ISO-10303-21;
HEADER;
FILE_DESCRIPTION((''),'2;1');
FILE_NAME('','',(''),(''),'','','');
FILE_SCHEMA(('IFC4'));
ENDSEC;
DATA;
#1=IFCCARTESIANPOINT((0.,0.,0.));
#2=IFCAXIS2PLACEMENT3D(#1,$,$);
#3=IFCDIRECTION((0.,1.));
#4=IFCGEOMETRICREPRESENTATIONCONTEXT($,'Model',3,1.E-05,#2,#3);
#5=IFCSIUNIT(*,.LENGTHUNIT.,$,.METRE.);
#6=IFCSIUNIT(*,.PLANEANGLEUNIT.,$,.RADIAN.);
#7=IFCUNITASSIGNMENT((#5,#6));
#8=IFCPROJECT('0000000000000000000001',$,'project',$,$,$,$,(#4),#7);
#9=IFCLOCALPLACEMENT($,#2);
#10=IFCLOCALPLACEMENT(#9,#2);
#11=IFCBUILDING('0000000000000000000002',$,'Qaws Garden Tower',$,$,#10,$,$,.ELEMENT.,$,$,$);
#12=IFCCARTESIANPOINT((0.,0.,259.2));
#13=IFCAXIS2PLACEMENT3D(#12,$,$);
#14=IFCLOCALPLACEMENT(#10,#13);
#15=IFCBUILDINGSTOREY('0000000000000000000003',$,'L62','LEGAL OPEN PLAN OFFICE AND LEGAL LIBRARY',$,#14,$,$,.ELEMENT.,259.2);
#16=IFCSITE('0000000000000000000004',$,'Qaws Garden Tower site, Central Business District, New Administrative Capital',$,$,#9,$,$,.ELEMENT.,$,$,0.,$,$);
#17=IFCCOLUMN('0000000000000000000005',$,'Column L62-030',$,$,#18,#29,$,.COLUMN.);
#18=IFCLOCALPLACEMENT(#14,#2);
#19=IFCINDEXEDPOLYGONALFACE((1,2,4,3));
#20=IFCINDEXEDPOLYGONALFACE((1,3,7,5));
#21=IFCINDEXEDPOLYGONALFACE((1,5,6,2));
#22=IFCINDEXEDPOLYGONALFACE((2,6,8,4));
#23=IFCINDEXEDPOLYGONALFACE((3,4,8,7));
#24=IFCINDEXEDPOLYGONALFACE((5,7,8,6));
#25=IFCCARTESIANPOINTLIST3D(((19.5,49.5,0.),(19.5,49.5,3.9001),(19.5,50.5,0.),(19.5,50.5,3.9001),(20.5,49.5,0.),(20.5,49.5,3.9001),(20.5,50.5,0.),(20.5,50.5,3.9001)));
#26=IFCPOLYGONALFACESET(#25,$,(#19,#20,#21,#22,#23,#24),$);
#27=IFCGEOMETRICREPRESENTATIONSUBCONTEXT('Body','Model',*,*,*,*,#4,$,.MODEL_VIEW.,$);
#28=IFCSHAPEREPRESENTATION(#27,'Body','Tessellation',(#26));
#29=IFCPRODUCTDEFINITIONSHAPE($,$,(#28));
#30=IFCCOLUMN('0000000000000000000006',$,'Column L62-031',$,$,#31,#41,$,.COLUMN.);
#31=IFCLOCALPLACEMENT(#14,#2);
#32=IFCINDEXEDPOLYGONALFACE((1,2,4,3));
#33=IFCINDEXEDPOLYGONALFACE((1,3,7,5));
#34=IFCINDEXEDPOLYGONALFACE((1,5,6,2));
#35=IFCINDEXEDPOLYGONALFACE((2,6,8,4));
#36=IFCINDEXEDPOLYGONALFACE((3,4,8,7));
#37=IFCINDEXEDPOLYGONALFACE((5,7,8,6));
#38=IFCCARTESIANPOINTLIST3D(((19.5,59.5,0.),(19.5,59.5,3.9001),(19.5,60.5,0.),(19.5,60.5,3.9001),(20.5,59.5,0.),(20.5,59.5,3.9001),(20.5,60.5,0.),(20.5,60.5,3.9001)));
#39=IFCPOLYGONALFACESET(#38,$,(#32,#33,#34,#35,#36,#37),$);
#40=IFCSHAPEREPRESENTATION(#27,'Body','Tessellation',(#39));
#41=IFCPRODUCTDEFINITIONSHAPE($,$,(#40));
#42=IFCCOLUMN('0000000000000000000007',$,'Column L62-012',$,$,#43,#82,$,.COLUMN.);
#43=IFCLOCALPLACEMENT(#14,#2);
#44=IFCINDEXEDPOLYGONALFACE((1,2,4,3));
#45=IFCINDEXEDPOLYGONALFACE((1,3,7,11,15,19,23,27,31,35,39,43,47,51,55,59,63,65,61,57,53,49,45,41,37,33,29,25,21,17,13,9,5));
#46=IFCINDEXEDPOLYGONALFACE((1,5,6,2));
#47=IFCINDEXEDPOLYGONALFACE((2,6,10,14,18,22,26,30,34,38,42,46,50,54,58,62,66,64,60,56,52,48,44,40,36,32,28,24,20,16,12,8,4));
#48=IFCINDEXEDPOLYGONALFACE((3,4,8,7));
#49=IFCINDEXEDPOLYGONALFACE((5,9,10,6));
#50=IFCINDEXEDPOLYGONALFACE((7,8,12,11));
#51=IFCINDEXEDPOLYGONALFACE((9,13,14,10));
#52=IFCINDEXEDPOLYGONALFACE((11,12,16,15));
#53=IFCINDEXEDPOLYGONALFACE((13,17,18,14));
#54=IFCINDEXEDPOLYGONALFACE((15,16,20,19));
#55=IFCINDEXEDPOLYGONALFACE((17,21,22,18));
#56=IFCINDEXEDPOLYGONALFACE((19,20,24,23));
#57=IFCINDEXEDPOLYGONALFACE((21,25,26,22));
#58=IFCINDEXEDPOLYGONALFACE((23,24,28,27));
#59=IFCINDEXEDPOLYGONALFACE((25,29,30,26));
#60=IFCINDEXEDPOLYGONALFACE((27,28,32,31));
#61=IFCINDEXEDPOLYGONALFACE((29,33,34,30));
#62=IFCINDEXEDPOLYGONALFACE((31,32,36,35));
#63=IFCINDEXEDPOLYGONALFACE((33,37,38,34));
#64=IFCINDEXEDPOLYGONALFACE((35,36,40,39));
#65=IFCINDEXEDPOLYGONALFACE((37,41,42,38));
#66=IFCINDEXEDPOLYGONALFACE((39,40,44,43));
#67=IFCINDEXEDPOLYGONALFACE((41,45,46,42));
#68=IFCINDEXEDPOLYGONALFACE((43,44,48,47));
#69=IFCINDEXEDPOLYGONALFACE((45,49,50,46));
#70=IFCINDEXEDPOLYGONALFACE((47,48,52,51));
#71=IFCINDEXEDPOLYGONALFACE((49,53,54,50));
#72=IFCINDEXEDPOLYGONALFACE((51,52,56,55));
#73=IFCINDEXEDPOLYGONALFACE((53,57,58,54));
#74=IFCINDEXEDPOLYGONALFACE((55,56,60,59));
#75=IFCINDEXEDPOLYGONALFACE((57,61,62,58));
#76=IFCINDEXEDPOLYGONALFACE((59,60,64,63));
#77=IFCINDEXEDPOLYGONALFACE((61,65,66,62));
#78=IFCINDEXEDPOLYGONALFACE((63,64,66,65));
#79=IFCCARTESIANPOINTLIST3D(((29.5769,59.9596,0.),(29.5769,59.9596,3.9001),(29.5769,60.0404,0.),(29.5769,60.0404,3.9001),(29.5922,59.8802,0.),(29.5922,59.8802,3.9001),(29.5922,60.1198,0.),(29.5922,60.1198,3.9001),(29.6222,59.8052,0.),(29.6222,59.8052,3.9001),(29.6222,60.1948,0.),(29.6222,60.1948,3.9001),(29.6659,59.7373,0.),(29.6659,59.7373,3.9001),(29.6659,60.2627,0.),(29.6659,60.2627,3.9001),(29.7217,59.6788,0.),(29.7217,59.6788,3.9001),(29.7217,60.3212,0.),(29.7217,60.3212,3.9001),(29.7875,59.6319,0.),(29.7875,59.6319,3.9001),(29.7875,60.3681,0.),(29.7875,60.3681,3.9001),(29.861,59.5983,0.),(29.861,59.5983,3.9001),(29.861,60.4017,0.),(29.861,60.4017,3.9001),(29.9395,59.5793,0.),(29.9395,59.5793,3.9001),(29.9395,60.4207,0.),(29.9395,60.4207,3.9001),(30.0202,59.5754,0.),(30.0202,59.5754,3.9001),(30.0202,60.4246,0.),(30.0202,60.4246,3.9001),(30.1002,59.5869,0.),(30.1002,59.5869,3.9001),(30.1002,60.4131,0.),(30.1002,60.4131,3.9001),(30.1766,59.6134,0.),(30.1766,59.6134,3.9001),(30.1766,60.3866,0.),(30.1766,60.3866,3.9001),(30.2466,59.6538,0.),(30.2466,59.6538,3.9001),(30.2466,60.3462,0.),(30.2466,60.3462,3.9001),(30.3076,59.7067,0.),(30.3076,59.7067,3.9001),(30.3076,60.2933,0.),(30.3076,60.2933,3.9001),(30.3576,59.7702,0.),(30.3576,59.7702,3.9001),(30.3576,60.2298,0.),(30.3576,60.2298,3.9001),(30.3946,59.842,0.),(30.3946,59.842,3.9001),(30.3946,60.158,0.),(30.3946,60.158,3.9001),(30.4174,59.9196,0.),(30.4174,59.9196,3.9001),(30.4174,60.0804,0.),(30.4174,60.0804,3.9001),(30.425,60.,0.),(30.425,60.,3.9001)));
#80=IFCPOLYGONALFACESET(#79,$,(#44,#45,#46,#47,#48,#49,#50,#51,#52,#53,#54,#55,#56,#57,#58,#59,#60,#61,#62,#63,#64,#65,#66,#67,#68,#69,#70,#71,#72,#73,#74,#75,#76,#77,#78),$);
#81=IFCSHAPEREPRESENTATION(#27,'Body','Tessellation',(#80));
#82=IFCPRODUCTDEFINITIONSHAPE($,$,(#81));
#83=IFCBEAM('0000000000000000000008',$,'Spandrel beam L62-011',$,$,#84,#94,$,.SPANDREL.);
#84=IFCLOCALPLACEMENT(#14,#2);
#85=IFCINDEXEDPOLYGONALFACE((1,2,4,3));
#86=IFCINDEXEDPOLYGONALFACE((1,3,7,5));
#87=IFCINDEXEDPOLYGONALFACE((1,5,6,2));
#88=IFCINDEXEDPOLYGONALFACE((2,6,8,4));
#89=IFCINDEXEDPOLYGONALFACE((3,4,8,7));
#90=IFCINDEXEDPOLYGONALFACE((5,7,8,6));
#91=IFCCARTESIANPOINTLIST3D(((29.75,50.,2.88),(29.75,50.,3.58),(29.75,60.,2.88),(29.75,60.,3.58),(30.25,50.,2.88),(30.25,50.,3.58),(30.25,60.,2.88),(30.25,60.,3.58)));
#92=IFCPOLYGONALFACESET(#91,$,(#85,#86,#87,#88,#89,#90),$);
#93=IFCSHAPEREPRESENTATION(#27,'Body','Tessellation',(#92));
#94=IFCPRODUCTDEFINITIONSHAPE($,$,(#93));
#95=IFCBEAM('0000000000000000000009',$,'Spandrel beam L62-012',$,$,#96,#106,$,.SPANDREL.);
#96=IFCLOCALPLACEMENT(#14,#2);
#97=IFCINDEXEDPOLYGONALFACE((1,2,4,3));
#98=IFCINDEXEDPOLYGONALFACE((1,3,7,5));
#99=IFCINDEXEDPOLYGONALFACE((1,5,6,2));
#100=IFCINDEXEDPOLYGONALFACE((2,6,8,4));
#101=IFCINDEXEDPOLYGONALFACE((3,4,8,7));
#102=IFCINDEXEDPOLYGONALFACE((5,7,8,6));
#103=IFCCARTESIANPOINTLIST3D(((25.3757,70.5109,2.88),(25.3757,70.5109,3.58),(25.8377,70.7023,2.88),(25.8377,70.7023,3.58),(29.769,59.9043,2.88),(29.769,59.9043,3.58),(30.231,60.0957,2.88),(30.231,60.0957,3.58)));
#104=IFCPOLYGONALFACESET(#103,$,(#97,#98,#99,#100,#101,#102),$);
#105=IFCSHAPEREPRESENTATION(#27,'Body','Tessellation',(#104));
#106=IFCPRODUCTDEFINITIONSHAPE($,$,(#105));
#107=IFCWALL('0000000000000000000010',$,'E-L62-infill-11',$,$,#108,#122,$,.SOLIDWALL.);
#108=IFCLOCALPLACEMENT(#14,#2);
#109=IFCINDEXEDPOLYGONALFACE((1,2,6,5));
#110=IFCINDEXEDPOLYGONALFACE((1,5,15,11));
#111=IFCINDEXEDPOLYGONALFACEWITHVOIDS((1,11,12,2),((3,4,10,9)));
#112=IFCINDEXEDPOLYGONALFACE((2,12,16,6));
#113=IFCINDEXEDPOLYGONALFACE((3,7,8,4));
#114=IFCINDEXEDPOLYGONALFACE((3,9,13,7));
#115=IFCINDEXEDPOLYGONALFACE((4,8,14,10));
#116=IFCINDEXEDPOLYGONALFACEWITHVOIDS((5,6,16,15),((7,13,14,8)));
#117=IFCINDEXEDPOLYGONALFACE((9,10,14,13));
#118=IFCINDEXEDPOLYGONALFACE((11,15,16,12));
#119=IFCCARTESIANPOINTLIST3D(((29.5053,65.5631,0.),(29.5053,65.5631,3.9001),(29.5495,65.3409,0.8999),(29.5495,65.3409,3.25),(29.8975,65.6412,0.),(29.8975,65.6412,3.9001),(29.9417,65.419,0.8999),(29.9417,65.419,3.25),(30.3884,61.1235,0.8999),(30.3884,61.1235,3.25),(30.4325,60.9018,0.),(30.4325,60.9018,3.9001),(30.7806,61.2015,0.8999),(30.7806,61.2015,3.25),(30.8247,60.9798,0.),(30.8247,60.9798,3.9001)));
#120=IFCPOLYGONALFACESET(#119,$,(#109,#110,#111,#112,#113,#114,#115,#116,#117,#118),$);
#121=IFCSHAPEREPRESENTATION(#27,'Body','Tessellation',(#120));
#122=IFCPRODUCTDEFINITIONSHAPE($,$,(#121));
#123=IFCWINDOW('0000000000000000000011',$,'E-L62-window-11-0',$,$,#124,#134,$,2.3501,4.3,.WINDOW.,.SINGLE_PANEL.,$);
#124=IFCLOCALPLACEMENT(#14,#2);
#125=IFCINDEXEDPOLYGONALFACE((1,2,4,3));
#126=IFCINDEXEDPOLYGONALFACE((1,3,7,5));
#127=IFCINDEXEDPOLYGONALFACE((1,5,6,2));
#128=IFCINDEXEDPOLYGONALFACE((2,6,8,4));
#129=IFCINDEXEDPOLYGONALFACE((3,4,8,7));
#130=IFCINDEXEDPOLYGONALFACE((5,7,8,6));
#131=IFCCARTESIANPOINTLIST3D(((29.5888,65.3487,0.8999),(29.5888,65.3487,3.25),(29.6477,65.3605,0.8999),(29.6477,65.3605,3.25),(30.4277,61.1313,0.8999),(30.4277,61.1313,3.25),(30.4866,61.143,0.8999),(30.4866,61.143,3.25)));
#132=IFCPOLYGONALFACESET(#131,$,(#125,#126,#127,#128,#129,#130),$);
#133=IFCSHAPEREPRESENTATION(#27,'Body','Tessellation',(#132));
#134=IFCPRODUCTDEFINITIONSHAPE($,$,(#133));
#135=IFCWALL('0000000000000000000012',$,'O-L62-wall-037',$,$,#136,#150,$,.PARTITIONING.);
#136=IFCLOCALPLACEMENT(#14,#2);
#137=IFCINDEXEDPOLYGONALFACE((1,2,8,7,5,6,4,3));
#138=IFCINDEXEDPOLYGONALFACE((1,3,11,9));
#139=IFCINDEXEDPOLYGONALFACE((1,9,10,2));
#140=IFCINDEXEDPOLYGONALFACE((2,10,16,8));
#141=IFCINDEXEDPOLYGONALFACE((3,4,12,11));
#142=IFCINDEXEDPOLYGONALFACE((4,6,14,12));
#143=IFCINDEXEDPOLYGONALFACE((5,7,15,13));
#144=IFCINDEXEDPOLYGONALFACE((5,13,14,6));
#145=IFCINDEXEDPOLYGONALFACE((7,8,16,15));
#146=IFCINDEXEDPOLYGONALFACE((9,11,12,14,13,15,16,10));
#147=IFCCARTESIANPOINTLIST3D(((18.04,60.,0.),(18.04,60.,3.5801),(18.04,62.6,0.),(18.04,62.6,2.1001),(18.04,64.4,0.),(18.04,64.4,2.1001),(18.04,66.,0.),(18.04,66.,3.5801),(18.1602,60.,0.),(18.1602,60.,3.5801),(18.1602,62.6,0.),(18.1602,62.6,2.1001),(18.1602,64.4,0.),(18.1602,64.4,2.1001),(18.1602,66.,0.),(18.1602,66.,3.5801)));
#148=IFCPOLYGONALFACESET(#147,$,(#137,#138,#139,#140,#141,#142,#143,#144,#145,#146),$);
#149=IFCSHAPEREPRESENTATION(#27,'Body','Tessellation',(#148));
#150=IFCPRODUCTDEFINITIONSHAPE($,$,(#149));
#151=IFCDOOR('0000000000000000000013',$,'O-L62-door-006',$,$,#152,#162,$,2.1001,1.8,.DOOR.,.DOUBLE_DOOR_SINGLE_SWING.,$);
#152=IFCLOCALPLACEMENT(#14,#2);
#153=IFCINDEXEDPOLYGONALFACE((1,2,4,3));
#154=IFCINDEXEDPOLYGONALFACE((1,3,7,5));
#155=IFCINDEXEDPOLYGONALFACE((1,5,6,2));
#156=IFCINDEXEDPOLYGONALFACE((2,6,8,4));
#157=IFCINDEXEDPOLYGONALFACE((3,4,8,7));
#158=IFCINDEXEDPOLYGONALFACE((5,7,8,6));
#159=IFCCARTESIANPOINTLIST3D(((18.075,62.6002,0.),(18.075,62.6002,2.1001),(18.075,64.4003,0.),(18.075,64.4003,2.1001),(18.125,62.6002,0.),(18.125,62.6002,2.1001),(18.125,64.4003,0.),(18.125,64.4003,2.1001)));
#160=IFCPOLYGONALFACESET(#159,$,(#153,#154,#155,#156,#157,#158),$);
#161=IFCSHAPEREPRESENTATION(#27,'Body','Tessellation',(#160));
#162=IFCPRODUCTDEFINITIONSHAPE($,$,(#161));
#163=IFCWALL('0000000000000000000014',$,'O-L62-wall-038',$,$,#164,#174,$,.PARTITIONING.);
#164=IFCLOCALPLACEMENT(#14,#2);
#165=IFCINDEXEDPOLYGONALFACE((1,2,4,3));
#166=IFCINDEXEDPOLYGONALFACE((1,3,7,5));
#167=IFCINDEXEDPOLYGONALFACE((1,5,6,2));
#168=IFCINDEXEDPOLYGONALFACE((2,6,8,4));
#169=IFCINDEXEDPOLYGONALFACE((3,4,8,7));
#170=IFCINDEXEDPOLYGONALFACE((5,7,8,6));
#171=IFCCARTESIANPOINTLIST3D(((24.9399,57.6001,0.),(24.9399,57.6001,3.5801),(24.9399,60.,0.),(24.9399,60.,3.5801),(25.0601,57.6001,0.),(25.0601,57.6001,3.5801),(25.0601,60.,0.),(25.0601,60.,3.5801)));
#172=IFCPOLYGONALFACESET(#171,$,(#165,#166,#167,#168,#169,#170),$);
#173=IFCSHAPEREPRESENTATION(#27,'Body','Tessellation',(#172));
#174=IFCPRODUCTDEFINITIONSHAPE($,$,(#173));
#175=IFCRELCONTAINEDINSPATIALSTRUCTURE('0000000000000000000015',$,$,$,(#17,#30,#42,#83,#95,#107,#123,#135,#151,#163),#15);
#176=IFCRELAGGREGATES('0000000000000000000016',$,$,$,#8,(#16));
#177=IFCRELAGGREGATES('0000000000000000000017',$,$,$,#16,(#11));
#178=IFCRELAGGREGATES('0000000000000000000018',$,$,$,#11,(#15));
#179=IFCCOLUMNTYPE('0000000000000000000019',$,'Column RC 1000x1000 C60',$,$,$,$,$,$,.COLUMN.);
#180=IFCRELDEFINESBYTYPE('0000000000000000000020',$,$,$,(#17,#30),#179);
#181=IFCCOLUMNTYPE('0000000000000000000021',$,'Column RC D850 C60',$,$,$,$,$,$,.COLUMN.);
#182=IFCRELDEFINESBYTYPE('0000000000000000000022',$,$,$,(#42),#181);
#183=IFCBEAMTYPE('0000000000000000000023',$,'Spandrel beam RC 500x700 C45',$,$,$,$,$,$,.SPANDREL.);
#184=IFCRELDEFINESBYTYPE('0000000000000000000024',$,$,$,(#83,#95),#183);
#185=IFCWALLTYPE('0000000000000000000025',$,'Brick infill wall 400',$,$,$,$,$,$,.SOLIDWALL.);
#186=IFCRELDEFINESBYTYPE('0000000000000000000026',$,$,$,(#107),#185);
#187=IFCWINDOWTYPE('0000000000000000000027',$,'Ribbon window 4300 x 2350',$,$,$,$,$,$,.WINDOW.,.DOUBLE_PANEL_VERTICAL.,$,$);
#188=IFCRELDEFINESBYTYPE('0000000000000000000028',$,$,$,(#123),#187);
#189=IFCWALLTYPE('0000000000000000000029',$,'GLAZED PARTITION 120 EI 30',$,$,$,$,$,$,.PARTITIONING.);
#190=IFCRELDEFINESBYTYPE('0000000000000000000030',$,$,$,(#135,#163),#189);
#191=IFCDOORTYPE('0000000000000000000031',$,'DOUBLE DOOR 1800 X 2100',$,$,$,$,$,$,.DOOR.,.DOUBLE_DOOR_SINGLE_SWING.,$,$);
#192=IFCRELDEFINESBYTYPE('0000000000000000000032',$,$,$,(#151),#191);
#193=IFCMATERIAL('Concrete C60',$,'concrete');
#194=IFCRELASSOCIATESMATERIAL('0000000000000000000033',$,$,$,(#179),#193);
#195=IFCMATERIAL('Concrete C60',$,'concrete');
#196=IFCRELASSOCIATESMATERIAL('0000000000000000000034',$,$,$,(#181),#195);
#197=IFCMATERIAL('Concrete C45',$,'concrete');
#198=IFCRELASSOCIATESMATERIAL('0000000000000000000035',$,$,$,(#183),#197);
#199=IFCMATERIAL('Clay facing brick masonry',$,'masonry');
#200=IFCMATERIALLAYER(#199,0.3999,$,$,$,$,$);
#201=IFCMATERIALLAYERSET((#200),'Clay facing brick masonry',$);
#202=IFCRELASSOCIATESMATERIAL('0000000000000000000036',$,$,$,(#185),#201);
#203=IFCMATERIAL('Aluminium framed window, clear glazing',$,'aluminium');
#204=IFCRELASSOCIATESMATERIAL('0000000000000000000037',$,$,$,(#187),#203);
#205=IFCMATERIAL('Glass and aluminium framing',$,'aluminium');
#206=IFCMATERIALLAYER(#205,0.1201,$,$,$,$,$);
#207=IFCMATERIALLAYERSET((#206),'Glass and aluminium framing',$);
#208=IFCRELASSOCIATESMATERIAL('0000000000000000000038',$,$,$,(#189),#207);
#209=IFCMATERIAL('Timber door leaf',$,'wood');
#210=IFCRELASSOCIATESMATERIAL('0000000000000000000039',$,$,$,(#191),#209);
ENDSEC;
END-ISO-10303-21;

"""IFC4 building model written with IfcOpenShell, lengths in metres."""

from ifc_helpers import new_model, si_unit, direction, frame, frame_2d, origin, origin_2d, place, context, subcontext, project, spatial, rectangle, circle, extrude, material, layer, layer_set, material_profile, profile_set, type_object, element, fill, save


model = new_model("IFC4")

# Units and contexts
model_context = context("Model", 3, precision=1e-05, world=origin(), true_north=direction((0.0, 1.0)))
body_context = subcontext(model_context, "Body", "Model", "MODEL_VIEW")
ifc_project = project(units=[si_unit("LENGTHUNIT", "METRE"), si_unit("PLANEANGLEUNIT", "RADIAN")], contexts=[model_context])

# Site, building, storey
site_placement = place(None, origin())
site = spatial("IfcSite", under=ifc_project, at=site_placement, Name="Qaws Garden Tower site, Central Business District, New Administrative Capital", CompositionType="ELEMENT", RefElevation=0.0)
building_placement = place(site_placement, origin())
building = spatial("IfcBuilding", under=site, at=building_placement, Name="Qaws Garden Tower", CompositionType="ELEMENT")
storey_placement = place(building_placement, frame((0.0, 0.0, 259.2)))
storey = spatial("IfcBuildingStorey", under=building, at=storey_placement, Name="L62", Description="LEGAL OPEN PLAN OFFICE AND LEGAL LIBRARY", CompositionType="ELEMENT", Elevation=259.2)

# Columns
ifc_material_1 = material(Name="Concrete C60", Category="concrete")
ifc_material_profile_1 = material_profile(ifc_material_1, rectangle(XDim=1.0, YDim=1.0, at=origin_2d()), Name="RC 1000x1000")
ifc_profile_set_1 = profile_set([ifc_material_profile_1], Name="Concrete C60")
column_type_1 = type_object("IfcColumnType", Name="Column RC 1000x1000 C60", PredefinedType="COLUMN", material=ifc_profile_set_1)
for number, where, z_axis, x_axis, name in (
    (1, (20.0, 50.0, 0.0), (0.0, 0.0, 1.0), (1.0, 0.0, 0.0), "Column L62-030"),
    (2, (20.0, 60.0, 0.0), (0.0, 0.0, 1.0), (1.0, 0.0, 0.0), "Column L62-031"),
):
    element("IfcColumn", number, at=place(storey_placement, frame(where, z_axis=z_axis, x_axis=x_axis)), inside=storey, type_object=column_type_1, Name=name, PredefinedType="COLUMN", context=body_context, shape_type="SweptSolid", body=[
        extrude(rectangle(XDim=1.0, YDim=1.0, at=origin_2d()), origin(), (0.0, 0.0, 1.0), 3.9001),
    ])
ifc_material_2 = material(Name="Concrete C60", Category="concrete")
ifc_material_profile_2 = material_profile(ifc_material_2, circle(Radius=0.425, at=origin_2d()), Name="RC D850")
ifc_profile_set_2 = profile_set([ifc_material_profile_2], Name="Concrete C60")
column_type_2 = type_object("IfcColumnType", Name="Column RC D850 C60", PredefinedType="COLUMN", material=ifc_profile_set_2)
column_placement = place(storey_placement, frame((30.0, 60.0, 0.0), z_axis=(0.0, 0.0, 1.0), x_axis=(1.0, 0.0, 0.0)))
element("IfcColumn", 3, at=column_placement, inside=storey, type_object=column_type_2, Name="Column L62-012", PredefinedType="COLUMN", context=body_context, shape_type="SweptSolid", body=[
    extrude(circle(Radius=0.425, at=origin_2d()), origin(), (0.0, 0.0, 1.0), 3.9001),
])

# Beams
ifc_material_3 = material(Name="Concrete C45", Category="concrete")
ifc_material_profile_3 = material_profile(ifc_material_3, rectangle(XDim=0.5, YDim=0.7, at=origin_2d()), Name="RC 500x700")
ifc_profile_set_3 = profile_set([ifc_material_profile_3], Name="Concrete C45")
beam_type = type_object("IfcBeamType", Name="Spandrel beam RC 500x700 C45", PredefinedType="SPANDREL", material=ifc_profile_set_3)
beam_1_placement = place(storey_placement, frame((30.0, 50.0, 3.23), z_axis=(0.0, 1.0, 0.0), x_axis=(-1.0, 0.0, 0.0)))
element("IfcBeam", 4, at=beam_1_placement, inside=storey, type_object=beam_type, Name="Spandrel beam L62-011", PredefinedType="SPANDREL", context=body_context, shape_type="SweptSolid", body=[
    extrude(rectangle(XDim=0.5, YDim=0.7, at=origin_2d()), origin(), (0.0, 0.0, 1.0), 10.0),
])
beam_2_placement = place(storey_placement, frame((30.0, 60.0, 3.23), z_axis=(-0.382674, 0.923883, 0.0), x_axis=(-0.923883, -0.382674, 0.0)))
element("IfcBeam", 5, at=beam_2_placement, inside=storey, type_object=beam_type, Name="Spandrel beam L62-012", PredefinedType="SPANDREL", context=body_context, shape_type="SweptSolid", body=[
    extrude(rectangle(XDim=0.5, YDim=0.7, at=origin_2d()), origin(), (0.0, 0.0, 1.0), 11.4805),
])

# Wall, opening, window
ifc_material_4 = material(Name="Clay facing brick masonry", Category="masonry")
ifc_layer_1 = layer(ifc_material_4, 0.3999)
ifc_layer_set_1 = layer_set([ifc_layer_1], Name="Clay facing brick masonry")
wall_type_1 = type_object("IfcWallType", Name="Brick infill wall 400", PredefinedType="SOLIDWALL", material=ifc_layer_set_1)
wall_1_placement = place(storey_placement, frame((30.6287, 60.9407, 0.0), z_axis=(0.0, 0.0, 1.0), x_axis=(-0.195099, 0.980784, 0.0)))
wall_1 = element("IfcWall", 6, at=wall_1_placement, inside=storey, type_object=wall_type_1, Name="E-L62-infill-11", PredefinedType="SOLIDWALL", context=body_context, shape_type="SweptSolid", body=[
    extrude(rectangle(XDim=4.7527, YDim=0.3999, at=frame_2d((2.3765, 0.0))), origin(), (0.0, 0.0, 1.0), 3.9001),
])
opening_1_placement = place(wall_1_placement, frame((0.2263, 0.0, 0.8999)))
opening_1 = element("IfcOpeningElement", 7, at=opening_1_placement, cuts=wall_1, PredefinedType="OPENING", context=body_context, shape_type="SweptSolid", body=[
    extrude(rectangle(XDim=4.3, YDim=2.3501, at=frame_2d((2.1499, 1.175))), frame((0.0, 0.21, 0.0), z_axis=(0.0, -1.0, 0.0), x_axis=(1.0, 0.0, 0.0)), (0.0, 0.0, 1.0), 0.4199),
])
ifc_material_5 = material(Name="Aluminium framed window, clear glazing", Category="aluminium")
window_type = type_object("IfcWindowType", Name="Ribbon window 4300 x 2350", PartitioningType="DOUBLE_PANEL_VERTICAL", PredefinedType="WINDOW", material=ifc_material_5)
window_placement = place(opening_1_placement, origin())
window = element("IfcWindow", 8, at=window_placement, inside=storey, type_object=window_type, Name="E-L62-window-11-0", OverallHeight=2.3501, OverallWidth=4.3, PartitioningType="SINGLE_PANEL", PredefinedType="WINDOW", context=body_context, shape_type="SweptSolid", body=[
    extrude(rectangle(XDim=4.3, YDim=2.3501, at=frame_2d((2.1499, 1.175))), frame((0.0, 0.1599, 0.0), z_axis=(0.0, -1.0, 0.0), x_axis=(1.0, 0.0, 0.0)), (0.0, 0.0, 1.0), 0.0601),
])
fill(opening_1, window)

# Wall, opening, door
ifc_material_6 = material(Name="Glass and aluminium framing", Category="aluminium")
ifc_layer_2 = layer(ifc_material_6, 0.1201)
ifc_layer_set_2 = layer_set([ifc_layer_2], Name="Glass and aluminium framing")
wall_type_2 = type_object("IfcWallType", Name="GLAZED PARTITION 120 EI 30", PredefinedType="PARTITIONING", material=ifc_layer_set_2)
wall_2_placement = place(storey_placement, frame((18.1001, 60.0, 0.0), z_axis=(0.0, 0.0, 1.0), x_axis=(0.0, 1.0, 0.0)))
wall_2 = element("IfcWall", 9, at=wall_2_placement, inside=storey, type_object=wall_type_2, Name="O-L62-wall-037", PredefinedType="PARTITIONING", context=body_context, shape_type="SweptSolid", body=[
    extrude(rectangle(XDim=6.0, YDim=0.1201, at=frame_2d((3.0, 0.0))), origin(), (0.0, 0.0, 1.0), 3.5801),
])
opening_2_placement = place(wall_2_placement, frame((2.6001, 0.0, 0.0)))
opening_2 = element("IfcOpeningElement", 10, at=opening_2_placement, cuts=wall_2, PredefinedType="OPENING", context=body_context, shape_type="SweptSolid", body=[
    extrude(rectangle(XDim=1.8, YDim=2.1001, at=frame_2d((0.8999, 1.05))), frame((0.0, 0.0701, 0.0), z_axis=(0.0, -1.0, 0.0), x_axis=(1.0, 0.0, 0.0)), (0.0, 0.0, 1.0), 0.1401),
])
ifc_material_7 = material(Name="Timber door leaf", Category="wood")
door_type_1 = type_object("IfcDoorType", Name="DOUBLE DOOR 1800 X 2100", OperationType="DOUBLE_DOOR_SINGLE_SWING", PredefinedType="DOOR", material=ifc_material_7)
door_1_placement = place(opening_2_placement, frame((1.8, 0.0, 0.0), z_axis=(0.0, 0.0, 1.0), x_axis=(-1.0, 0.0, 0.0)))
door_1 = element("IfcDoor", 11, at=door_1_placement, inside=storey, type_object=door_type_1, Name="O-L62-door-006", OperationType="DOUBLE_DOOR_SINGLE_SWING", OverallHeight=2.1001, OverallWidth=1.8, PredefinedType="DOOR", context=body_context, shape_type="SweptSolid", body=[
    extrude(rectangle(XDim=1.8, YDim=2.1001, at=frame_2d((0.8999, 1.05))), frame((0.0, 0.0249, 0.0), z_axis=(0.0, -1.0, 0.0), x_axis=(1.0, 0.0, 0.0)), (0.0, 0.0, 1.0), 0.05),
])
fill(opening_2, door_1)

# Wall
wall_3_placement = place(storey_placement, frame((25.0, 57.6001, 0.0), z_axis=(0.0, 0.0, 1.0), x_axis=(0.0, 1.0, 0.0)))
element("IfcWall", 12, at=wall_3_placement, inside=storey, type_object=wall_type_2, Name="O-L62-wall-038", PredefinedType="PARTITIONING", context=body_context, shape_type="SweptSolid", body=[
    extrude(rectangle(XDim=2.3999, YDim=0.1201, at=frame_2d((1.2, 0.0))), origin(), (0.0, 0.0, 1.0), 3.5801),
])

save(model, "model.ifc")
